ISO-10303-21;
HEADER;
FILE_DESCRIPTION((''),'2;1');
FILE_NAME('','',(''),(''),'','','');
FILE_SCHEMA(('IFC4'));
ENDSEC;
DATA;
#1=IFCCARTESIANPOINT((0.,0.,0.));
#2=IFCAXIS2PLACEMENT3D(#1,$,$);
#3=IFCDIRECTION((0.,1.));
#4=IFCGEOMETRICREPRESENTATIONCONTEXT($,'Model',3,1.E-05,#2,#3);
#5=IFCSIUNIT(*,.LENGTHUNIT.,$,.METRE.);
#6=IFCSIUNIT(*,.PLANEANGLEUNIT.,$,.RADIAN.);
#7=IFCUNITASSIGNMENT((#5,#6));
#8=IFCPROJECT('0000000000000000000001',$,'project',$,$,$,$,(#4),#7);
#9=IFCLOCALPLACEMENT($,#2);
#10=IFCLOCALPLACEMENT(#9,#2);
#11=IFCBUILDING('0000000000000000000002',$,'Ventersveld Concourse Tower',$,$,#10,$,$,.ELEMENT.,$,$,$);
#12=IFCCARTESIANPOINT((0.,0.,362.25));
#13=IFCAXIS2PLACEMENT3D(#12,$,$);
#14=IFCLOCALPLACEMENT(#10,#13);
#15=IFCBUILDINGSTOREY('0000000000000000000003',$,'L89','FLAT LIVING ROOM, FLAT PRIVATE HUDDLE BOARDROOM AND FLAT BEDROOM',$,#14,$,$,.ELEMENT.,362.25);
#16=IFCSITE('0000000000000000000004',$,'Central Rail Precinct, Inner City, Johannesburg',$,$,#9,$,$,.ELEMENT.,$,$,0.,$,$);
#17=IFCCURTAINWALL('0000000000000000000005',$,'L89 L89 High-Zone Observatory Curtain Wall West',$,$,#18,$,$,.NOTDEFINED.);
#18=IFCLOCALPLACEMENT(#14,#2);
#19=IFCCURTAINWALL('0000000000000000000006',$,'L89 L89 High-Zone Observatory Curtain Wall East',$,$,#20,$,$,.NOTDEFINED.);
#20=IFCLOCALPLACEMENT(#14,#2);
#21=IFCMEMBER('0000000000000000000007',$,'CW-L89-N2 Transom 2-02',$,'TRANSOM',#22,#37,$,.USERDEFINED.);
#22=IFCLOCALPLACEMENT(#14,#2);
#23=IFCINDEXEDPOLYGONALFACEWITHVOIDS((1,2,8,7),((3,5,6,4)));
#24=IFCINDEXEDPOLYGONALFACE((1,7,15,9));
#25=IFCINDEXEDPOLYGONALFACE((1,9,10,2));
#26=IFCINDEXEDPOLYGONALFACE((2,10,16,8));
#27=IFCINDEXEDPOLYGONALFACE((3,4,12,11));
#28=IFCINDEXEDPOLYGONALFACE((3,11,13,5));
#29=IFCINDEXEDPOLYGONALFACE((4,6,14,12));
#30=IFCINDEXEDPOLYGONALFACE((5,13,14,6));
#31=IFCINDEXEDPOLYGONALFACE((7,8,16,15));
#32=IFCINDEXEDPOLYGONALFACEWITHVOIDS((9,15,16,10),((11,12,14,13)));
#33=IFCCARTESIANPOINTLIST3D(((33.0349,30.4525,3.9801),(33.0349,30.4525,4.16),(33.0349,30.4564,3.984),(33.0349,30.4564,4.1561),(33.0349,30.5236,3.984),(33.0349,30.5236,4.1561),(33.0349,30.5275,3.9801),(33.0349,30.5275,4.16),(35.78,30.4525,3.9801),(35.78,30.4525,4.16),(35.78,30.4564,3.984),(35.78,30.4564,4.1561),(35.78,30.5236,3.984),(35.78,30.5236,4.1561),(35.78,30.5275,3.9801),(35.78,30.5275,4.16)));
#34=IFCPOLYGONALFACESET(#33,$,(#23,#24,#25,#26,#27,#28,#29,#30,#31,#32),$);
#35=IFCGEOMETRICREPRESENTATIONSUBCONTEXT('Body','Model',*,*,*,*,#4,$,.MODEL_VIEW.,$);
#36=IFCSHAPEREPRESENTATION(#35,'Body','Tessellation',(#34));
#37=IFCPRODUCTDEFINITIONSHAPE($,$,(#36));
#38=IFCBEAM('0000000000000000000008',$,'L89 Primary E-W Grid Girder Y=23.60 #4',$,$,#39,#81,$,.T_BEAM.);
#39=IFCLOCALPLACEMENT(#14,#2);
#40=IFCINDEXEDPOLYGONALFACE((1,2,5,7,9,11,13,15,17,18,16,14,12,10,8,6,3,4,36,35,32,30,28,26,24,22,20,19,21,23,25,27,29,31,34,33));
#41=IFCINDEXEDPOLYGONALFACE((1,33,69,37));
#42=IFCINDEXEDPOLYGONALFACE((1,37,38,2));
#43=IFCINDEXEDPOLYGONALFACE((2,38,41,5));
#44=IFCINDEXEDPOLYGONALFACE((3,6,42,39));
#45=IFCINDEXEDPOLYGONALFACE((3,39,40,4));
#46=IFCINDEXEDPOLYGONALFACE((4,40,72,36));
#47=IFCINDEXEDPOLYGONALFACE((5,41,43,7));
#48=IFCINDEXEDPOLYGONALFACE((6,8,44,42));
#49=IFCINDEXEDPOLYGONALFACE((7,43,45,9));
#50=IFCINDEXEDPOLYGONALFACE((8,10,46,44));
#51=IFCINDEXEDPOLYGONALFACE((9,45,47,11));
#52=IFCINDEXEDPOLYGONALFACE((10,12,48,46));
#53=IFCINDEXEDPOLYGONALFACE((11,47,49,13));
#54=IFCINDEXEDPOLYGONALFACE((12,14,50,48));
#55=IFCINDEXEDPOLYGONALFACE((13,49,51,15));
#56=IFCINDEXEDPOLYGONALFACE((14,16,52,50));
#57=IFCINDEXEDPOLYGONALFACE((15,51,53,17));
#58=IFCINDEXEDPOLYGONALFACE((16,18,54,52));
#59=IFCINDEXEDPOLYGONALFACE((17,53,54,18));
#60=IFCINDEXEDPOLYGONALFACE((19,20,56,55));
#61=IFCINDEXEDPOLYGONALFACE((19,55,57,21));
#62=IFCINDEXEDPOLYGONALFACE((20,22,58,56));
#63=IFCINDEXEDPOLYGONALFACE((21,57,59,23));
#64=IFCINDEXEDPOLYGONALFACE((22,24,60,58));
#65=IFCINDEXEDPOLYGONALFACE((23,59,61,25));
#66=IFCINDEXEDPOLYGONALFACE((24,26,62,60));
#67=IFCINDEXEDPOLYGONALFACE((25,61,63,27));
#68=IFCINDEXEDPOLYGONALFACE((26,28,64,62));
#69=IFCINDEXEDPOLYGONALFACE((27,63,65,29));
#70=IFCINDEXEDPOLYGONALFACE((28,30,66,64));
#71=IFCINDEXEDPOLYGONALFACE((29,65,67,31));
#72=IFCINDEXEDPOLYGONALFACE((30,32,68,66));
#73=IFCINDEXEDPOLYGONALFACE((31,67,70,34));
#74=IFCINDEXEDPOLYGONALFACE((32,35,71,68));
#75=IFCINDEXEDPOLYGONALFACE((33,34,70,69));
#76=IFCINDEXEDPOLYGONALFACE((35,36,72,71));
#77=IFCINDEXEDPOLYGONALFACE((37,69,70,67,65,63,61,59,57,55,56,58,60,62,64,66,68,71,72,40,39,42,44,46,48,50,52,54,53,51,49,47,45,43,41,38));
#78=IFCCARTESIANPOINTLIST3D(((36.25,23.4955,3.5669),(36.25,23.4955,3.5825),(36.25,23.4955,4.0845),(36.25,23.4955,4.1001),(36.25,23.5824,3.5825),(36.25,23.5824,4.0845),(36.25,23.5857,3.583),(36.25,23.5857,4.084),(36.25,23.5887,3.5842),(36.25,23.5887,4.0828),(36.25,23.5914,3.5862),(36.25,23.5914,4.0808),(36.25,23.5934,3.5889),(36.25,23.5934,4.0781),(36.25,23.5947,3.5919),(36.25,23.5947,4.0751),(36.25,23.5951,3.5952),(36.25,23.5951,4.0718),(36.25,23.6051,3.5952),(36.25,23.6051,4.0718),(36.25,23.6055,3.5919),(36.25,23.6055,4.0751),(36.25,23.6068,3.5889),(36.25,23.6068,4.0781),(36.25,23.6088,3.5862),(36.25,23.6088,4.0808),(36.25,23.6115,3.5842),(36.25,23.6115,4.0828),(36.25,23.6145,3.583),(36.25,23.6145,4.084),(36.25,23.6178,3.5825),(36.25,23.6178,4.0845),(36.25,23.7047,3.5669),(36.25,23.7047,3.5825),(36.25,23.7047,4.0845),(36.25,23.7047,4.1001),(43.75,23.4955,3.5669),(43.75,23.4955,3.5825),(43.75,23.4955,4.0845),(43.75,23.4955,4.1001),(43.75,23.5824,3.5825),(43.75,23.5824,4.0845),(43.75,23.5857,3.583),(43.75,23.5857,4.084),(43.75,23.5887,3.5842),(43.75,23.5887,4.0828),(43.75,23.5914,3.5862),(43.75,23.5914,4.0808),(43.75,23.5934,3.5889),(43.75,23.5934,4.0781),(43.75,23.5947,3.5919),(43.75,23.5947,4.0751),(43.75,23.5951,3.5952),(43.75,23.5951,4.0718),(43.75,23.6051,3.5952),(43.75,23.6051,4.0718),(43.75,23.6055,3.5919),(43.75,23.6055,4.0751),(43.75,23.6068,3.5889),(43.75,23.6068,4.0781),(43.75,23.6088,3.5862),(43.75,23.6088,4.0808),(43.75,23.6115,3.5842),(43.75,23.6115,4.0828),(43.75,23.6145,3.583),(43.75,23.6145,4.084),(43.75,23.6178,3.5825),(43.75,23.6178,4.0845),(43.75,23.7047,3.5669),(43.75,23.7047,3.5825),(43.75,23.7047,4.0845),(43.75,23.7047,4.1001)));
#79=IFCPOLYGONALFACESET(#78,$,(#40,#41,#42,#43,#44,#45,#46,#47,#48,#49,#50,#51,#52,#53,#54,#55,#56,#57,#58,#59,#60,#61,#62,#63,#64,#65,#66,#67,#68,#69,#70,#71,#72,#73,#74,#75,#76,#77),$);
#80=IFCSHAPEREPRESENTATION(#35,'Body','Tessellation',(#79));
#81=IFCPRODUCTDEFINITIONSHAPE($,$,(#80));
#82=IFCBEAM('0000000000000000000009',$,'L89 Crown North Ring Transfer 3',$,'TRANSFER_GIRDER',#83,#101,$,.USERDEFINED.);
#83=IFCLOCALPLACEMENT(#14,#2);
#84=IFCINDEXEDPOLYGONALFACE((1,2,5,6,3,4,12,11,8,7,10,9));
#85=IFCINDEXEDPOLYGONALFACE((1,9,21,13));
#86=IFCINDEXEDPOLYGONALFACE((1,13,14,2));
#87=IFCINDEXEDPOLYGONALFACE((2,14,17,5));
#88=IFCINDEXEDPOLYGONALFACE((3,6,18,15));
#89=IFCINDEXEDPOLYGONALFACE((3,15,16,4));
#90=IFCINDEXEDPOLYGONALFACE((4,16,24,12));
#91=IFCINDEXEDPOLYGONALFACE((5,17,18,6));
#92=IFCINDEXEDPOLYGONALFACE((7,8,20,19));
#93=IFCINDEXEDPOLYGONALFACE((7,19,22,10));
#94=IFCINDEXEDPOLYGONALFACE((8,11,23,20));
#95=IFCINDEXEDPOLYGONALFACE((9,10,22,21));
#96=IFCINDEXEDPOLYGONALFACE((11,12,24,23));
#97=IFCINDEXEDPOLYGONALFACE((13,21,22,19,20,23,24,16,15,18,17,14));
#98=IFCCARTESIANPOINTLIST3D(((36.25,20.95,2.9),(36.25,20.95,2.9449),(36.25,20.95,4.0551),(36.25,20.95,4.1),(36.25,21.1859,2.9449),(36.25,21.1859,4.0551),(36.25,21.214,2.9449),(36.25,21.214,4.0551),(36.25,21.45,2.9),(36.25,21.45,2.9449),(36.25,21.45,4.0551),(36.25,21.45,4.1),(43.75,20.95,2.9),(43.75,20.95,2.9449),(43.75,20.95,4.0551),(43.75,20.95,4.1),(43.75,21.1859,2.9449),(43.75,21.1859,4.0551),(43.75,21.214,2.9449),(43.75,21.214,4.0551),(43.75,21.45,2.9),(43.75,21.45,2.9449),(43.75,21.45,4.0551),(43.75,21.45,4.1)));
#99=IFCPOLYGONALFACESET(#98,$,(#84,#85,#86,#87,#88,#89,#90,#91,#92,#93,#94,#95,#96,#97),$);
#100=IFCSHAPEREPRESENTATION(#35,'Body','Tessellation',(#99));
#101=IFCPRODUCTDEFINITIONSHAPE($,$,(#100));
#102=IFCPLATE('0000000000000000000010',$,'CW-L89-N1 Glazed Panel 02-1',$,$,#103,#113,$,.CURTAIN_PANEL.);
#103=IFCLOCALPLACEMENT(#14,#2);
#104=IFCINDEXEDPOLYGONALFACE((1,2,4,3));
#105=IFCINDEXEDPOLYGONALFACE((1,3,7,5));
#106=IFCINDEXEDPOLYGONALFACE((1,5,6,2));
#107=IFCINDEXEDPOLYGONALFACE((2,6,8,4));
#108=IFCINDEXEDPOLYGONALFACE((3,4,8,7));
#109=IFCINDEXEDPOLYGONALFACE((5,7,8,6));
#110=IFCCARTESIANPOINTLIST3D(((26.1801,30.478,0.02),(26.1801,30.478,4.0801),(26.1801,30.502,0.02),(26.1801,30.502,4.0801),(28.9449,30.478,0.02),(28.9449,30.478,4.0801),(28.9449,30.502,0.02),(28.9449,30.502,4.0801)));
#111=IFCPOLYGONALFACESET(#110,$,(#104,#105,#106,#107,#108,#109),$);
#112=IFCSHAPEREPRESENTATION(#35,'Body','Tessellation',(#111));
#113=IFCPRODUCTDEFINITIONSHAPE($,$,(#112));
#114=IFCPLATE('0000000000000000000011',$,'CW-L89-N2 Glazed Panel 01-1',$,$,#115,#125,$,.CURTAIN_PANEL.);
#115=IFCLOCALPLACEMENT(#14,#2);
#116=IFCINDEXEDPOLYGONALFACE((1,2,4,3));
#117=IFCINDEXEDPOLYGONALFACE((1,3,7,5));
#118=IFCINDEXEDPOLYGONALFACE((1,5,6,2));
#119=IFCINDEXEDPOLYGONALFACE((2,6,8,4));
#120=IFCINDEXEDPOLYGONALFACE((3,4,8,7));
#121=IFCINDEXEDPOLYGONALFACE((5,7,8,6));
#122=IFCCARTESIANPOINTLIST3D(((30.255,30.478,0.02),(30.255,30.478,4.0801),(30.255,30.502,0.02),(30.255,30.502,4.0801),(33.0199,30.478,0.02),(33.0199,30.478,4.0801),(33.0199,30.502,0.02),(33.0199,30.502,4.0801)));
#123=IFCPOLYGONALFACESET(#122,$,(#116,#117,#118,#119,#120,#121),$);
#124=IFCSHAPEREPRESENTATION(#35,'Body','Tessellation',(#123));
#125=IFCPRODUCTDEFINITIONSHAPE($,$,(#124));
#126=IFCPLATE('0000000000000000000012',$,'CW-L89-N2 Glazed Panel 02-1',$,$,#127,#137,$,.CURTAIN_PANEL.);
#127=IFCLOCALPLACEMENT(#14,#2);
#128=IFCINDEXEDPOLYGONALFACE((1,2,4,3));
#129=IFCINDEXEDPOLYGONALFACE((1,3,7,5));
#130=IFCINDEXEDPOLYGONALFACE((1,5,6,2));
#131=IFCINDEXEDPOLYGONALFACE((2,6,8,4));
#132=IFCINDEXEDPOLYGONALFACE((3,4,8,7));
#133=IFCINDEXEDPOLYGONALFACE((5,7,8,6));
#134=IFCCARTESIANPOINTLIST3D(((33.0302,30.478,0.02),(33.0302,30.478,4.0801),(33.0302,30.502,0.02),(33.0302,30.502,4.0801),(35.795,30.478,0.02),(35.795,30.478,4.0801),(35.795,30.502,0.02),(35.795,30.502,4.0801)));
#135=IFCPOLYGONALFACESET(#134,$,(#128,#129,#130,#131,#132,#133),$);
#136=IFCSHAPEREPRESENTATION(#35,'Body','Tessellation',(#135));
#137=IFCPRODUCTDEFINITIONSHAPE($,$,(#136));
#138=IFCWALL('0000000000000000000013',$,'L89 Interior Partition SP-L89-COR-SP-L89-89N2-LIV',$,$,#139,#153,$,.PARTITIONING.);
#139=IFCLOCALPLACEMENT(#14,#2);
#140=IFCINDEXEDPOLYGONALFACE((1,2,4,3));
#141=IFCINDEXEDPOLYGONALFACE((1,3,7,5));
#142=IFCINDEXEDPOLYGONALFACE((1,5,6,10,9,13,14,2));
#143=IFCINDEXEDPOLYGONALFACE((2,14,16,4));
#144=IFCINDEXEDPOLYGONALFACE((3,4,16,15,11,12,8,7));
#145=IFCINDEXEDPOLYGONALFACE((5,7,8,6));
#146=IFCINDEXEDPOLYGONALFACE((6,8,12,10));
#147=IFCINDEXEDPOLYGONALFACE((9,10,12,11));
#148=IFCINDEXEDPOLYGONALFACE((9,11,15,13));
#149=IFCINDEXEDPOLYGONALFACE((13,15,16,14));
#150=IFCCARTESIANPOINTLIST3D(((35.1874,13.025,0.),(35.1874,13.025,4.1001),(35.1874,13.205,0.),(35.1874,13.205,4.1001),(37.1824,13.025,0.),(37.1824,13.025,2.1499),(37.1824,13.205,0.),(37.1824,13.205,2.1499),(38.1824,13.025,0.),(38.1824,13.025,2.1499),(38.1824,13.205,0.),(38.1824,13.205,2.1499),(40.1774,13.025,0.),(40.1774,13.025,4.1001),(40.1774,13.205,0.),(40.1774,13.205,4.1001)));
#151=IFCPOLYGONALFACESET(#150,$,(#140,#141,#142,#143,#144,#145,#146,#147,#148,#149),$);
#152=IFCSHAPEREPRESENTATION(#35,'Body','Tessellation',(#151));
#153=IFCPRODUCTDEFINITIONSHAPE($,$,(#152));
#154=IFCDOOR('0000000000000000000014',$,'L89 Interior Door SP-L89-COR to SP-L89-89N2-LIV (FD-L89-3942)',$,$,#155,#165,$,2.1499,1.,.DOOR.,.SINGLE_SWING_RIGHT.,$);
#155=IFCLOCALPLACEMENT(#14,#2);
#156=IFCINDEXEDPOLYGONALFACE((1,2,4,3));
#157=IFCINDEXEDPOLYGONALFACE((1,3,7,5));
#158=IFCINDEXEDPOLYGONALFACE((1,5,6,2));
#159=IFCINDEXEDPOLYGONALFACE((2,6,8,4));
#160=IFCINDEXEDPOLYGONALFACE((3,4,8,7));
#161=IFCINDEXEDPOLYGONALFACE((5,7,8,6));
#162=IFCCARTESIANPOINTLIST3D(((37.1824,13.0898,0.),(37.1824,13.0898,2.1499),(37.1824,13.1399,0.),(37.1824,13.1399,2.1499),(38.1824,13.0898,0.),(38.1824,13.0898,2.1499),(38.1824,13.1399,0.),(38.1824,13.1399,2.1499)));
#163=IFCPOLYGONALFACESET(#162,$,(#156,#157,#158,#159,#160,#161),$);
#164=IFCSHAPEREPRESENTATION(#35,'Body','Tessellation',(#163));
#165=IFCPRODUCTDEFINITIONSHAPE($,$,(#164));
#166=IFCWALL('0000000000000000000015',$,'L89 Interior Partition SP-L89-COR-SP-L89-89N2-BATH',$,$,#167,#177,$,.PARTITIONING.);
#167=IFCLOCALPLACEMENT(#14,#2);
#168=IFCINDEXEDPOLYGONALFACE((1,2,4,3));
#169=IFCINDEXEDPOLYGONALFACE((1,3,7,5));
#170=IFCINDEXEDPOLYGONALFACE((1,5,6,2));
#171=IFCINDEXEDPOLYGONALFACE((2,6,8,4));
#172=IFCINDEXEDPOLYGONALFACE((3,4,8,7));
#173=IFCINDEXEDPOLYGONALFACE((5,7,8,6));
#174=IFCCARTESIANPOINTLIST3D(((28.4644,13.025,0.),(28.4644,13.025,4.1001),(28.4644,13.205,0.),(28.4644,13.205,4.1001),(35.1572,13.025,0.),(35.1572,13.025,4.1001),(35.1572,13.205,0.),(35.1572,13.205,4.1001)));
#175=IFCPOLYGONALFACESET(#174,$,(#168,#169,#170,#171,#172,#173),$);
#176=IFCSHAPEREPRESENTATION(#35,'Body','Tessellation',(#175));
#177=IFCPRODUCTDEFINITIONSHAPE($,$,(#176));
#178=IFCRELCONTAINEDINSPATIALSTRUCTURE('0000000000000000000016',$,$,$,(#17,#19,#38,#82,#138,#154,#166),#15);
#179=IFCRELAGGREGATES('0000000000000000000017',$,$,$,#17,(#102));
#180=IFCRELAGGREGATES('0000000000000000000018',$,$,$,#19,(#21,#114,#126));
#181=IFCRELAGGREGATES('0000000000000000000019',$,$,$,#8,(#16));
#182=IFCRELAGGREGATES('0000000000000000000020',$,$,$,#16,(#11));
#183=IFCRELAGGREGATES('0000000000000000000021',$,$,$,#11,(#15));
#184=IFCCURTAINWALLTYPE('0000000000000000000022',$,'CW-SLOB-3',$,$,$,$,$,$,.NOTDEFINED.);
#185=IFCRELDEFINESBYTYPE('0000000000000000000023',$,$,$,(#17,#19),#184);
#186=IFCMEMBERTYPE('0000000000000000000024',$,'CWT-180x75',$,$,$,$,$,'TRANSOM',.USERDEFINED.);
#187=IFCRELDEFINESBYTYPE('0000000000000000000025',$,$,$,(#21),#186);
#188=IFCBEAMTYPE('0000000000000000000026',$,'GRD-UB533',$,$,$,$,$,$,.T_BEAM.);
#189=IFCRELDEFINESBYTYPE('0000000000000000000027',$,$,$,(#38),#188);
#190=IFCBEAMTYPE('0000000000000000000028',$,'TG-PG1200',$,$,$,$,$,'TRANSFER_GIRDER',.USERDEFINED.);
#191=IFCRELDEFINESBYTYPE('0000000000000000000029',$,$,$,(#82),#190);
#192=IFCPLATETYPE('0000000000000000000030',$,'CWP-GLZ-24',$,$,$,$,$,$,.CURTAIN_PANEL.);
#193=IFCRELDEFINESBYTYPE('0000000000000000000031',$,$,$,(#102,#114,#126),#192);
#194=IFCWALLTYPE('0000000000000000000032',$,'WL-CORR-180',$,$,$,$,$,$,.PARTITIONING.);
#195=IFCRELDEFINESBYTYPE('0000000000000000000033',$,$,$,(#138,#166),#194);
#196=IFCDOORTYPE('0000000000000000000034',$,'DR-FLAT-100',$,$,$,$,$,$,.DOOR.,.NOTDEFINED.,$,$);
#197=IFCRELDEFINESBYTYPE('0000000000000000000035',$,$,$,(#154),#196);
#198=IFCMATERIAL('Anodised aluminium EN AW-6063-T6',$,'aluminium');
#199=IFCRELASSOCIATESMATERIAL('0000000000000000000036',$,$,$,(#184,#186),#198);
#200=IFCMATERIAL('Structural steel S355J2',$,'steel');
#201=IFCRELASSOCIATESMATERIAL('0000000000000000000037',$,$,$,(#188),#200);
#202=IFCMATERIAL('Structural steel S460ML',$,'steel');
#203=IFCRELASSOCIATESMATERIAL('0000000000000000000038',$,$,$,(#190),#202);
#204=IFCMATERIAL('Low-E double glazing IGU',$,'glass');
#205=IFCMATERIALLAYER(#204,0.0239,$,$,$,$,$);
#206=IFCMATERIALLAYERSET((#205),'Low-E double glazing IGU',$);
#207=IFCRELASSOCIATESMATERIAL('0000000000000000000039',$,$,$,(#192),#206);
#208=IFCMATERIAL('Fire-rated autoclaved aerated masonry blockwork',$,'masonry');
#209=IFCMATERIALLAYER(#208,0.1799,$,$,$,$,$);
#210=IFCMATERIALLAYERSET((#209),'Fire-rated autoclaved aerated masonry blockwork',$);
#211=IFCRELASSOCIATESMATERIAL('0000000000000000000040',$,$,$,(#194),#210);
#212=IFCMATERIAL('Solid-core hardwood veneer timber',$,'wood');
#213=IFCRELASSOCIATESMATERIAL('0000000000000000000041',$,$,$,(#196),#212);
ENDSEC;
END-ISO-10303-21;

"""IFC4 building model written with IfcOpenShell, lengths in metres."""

from ifc_helpers import new_model, si_unit, direction, frame, frame_2d, origin, origin_2d, place, context, subcontext, project, spatial, rectangle, hollow_rectangle, i_section, extrude, material, layer, layer_set, material_profile, profile_set, type_object, element, fill, aggregate, save


model = new_model("IFC4")

# Units and contexts
model_context = context("Model", 3, precision=1e-05, world=origin(), true_north=direction((0.0, 1.0)))
body_context = subcontext(model_context, "Body", "Model", "MODEL_VIEW")
ifc_project = project(units=[si_unit("LENGTHUNIT", "METRE"), si_unit("PLANEANGLEUNIT", "RADIAN")], contexts=[model_context])

# Site, building, storey
site_placement = place(None, origin())
site = spatial("IfcSite", under=ifc_project, at=site_placement, Name="Central Rail Precinct, Inner City, Johannesburg", CompositionType="ELEMENT", RefElevation=0.0)
building_placement = place(site_placement, origin())
building = spatial("IfcBuilding", under=site, at=building_placement, Name="Ventersveld Concourse Tower", CompositionType="ELEMENT")
storey_placement = place(building_placement, frame((0.0, 0.0, 362.25)))
storey = spatial("IfcBuildingStorey", under=building, at=storey_placement, Name="L89", Description="FLAT LIVING ROOM, FLAT PRIVATE HUDDLE BOARDROOM AND FLAT BEDROOM", CompositionType="ELEMENT", Elevation=362.25)

# Shared definitions
ifc_material_1 = material(Name="Structural steel S355J2", Category="steel")

# Curtain wall
ifc_material_2 = material(Name="Anodised aluminium EN AW-6063-T6", Category="aluminium")
curtain_wall_type = type_object("IfcCurtainWallType", Name="CW-SLOB-3", PredefinedType="NOTDEFINED", material=ifc_material_2)
curtain_wall_1_placement = place(storey_placement, origin())
curtain_wall_1 = element("IfcCurtainWall", 1, at=curtain_wall_1_placement, inside=storey, type_object=curtain_wall_type, Name="L89 L89 High-Zone Observatory Curtain Wall West", PredefinedType="NOTDEFINED")

# Curtain wall, member
curtain_wall_2_placement = place(storey_placement, origin())
curtain_wall_2 = element("IfcCurtainWall", 2, at=curtain_wall_2_placement, inside=storey, type_object=curtain_wall_type, Name="L89 L89 High-Zone Observatory Curtain Wall East", PredefinedType="NOTDEFINED")
ifc_material_profile_1 = material_profile(ifc_material_2, hollow_rectangle(XDim=0.075, YDim=0.1799, WallThickness=0.0039, at=origin_2d()), Name="ALU 180x75x4")
ifc_profile_set_1 = profile_set([ifc_material_profile_1], Name="Anodised aluminium EN AW-6063-T6")
member_type_1 = type_object("IfcMemberType", Name="CWT-180x75", ElementType="TRANSOM", PredefinedType="USERDEFINED", material=ifc_profile_set_1)
member_1_placement = place(storey_placement, frame((33.0349, 30.49, 4.0701), z_axis=(1.0, 0.0, 0.0), x_axis=(0.0, 1.0, 0.0)))
member_1 = element("IfcMember", 3, at=member_1_placement, type_object=member_type_1, Name="CW-L89-N2 Transom 2-02", ObjectType="TRANSOM", PredefinedType="USERDEFINED", context=body_context, shape_type="SweptSolid", body=[
    extrude(hollow_rectangle(XDim=0.075, YDim=0.1799, WallThickness=0.0039, at=origin_2d()), origin(), (0.0, 0.0, 1.0), 2.7451),
])

# Beams
ifc_material_profile_2 = material_profile(ifc_material_1, i_section(OverallWidth=0.2092, OverallDepth=0.5332, WebThickness=0.01, FlangeThickness=0.0156, FilletRadius=0.0127, at=origin_2d()), Name="UB 533x210x92")
ifc_profile_set_2 = profile_set([ifc_material_profile_2], Name="Structural steel S355J2")
beam_type_1 = type_object("IfcBeamType", Name="GRD-UB533", PredefinedType="T_BEAM", material=ifc_profile_set_2)
beam_1_placement = place(storey_placement, frame((36.25, 23.6001, 3.8335), z_axis=(1.0, 0.0, 0.0), x_axis=(0.0, 1.0, 0.0)))
element("IfcBeam", 4, at=beam_1_placement, inside=storey, type_object=beam_type_1, Name="L89 Primary E-W Grid Girder Y=23.60 #4", PredefinedType="T_BEAM", context=body_context, shape_type="SweptSolid", body=[
    extrude(i_section(OverallWidth=0.2092, OverallDepth=0.5332, WebThickness=0.01, FlangeThickness=0.0156, FilletRadius=0.0127, at=origin_2d()), origin(), (0.0, 0.0, 1.0), 7.5),
])
ifc_material_3 = material(Name="Structural steel S460ML", Category="steel")
ifc_material_profile_3 = material_profile(ifc_material_3, i_section(OverallWidth=0.5, OverallDepth=1.2, WebThickness=0.0281, FlangeThickness=0.0449, at=origin_2d()), Name="PG 1200x500x45")
ifc_profile_set_3 = profile_set([ifc_material_profile_3], Name="Structural steel S460ML")
beam_type_2 = type_object("IfcBeamType", Name="TG-PG1200", ElementType="TRANSFER_GIRDER", PredefinedType="USERDEFINED", material=ifc_profile_set_3)
beam_2_placement = place(storey_placement, frame((36.25, 21.2, 3.5), z_axis=(1.0, 0.0, 0.0), x_axis=(0.0, 1.0, 0.0)))
element("IfcBeam", 5, at=beam_2_placement, inside=storey, type_object=beam_type_2, Name="L89 Crown North Ring Transfer 3", ObjectType="TRANSFER_GIRDER", PredefinedType="USERDEFINED", context=body_context, shape_type="SweptSolid", body=[
    extrude(i_section(OverallWidth=0.5, OverallDepth=1.2, WebThickness=0.0281, FlangeThickness=0.0449, at=origin_2d()), origin(), (0.0, 0.0, 1.0), 7.5),
])

# Plates
ifc_material_4 = material(Name="Low-E double glazing IGU", Category="glass")
ifc_layer_1 = layer(ifc_material_4, 0.0239)
ifc_layer_set_1 = layer_set([ifc_layer_1], Name="Low-E double glazing IGU")
plate_type = type_object("IfcPlateType", Name="CWP-GLZ-24", PredefinedType="CURTAIN_PANEL", material=ifc_layer_set_1)
plate_1_placement = place(storey_placement, frame((27.5625, 30.49, 0.02), z_axis=(0.0, 0.0, 1.0), x_axis=(1.0, 0.0, 0.0)))
plate_1 = element("IfcPlate", 6, at=plate_1_placement, type_object=plate_type, Name="CW-L89-N1 Glazed Panel 02-1", PredefinedType="CURTAIN_PANEL", context=body_context, shape_type="SweptSolid", body=[
    extrude(rectangle(XDim=2.7649, YDim=0.0239, at=origin_2d()), origin(), (0.0, 0.0, 1.0), 4.0601),
])
aggregate(curtain_wall_1, [plate_1])
plate_2_placement = place(storey_placement, frame((31.6375, 30.49, 0.02), z_axis=(0.0, 0.0, 1.0), x_axis=(1.0, 0.0, 0.0)))
plate_2 = element("IfcPlate", 7, at=plate_2_placement, type_object=plate_type, Name="CW-L89-N2 Glazed Panel 01-1", PredefinedType="CURTAIN_PANEL", context=body_context, shape_type="SweptSolid", body=[
    extrude(rectangle(XDim=2.7649, YDim=0.0239, at=origin_2d()), origin(), (0.0, 0.0, 1.0), 4.0601),
])
plate_3_placement = place(storey_placement, frame((34.4126, 30.49, 0.02), z_axis=(0.0, 0.0, 1.0), x_axis=(1.0, 0.0, 0.0)))
plate_3 = element("IfcPlate", 8, at=plate_3_placement, type_object=plate_type, Name="CW-L89-N2 Glazed Panel 02-1", PredefinedType="CURTAIN_PANEL", context=body_context, shape_type="SweptSolid", body=[
    extrude(rectangle(XDim=2.7649, YDim=0.0239, at=origin_2d()), origin(), (0.0, 0.0, 1.0), 4.0601),
])
aggregate(curtain_wall_2, [member_1, plate_2, plate_3])

# Wall, opening, door
ifc_material_5 = material(Name="Fire-rated autoclaved aerated masonry blockwork", Category="masonry")
ifc_layer_2 = layer(ifc_material_5, 0.1799)
ifc_layer_set_2 = layer_set([ifc_layer_2], Name="Fire-rated autoclaved aerated masonry blockwork")
wall_type_1 = type_object("IfcWallType", Name="WL-CORR-180", PredefinedType="PARTITIONING", material=ifc_layer_set_2)
wall_1_placement = place(storey_placement, frame((35.1873, 13.115, 0.0), z_axis=(0.0, 0.0, 1.0), x_axis=(1.0, 0.0, 0.0)))
wall_1 = element("IfcWall", 9, at=wall_1_placement, inside=storey, type_object=wall_type_1, Name="L89 Interior Partition SP-L89-COR-SP-L89-89N2-LIV", PredefinedType="PARTITIONING", context=body_context, shape_type="SweptSolid", body=[
    extrude(rectangle(XDim=4.99, YDim=0.1799, at=frame_2d((2.4951, 0.0))), origin(), (0.0, 0.0, 1.0), 4.1001),
])
opening_1_placement = place(wall_1_placement, frame((1.9951, 0.0, 0.0)))
opening_1 = element("IfcOpeningElement", 10, at=opening_1_placement, cuts=wall_1, PredefinedType="OPENING", context=body_context, shape_type="SweptSolid", body=[
    extrude(rectangle(XDim=1.0, YDim=2.1499, at=frame_2d((0.5, 1.075))), frame((0.0, 0.1001, 0.0), z_axis=(0.0, -1.0, 0.0), x_axis=(1.0, 0.0, 0.0)), (0.0, 0.0, 1.0), 0.2),
])
ifc_material_6 = material(Name="Solid-core hardwood veneer timber", Category="wood")
door_type_1 = type_object("IfcDoorType", Name="DR-FLAT-100", OperationType="NOTDEFINED", PredefinedType="DOOR", material=ifc_material_6)
door_1_placement = place(opening_1_placement, origin())
door_1 = element("IfcDoor", 11, at=door_1_placement, inside=storey, type_object=door_type_1, Name="L89 Interior Door SP-L89-COR to SP-L89-89N2-LIV (FD-L89-3942)", OperationType="SINGLE_SWING_RIGHT", OverallHeight=2.1499, OverallWidth=1.0, PredefinedType="DOOR", context=body_context, shape_type="SweptSolid", body=[
    extrude(rectangle(XDim=1.0, YDim=2.1499, at=frame_2d((0.5, 1.075))), frame((0.0, 0.0249, 0.0), z_axis=(0.0, -1.0, 0.0), x_axis=(1.0, 0.0, 0.0)), (0.0, 0.0, 1.0), 0.05),
])
fill(opening_1, door_1)

# Wall
wall_2_placement = place(storey_placement, frame((28.4644, 13.115, 0.0), z_axis=(0.0, 0.0, 1.0), x_axis=(1.0, 0.0, 0.0)))
element("IfcWall", 12, at=wall_2_placement, inside=storey, type_object=wall_type_1, Name="L89 Interior Partition SP-L89-COR-SP-L89-89N2-BATH", PredefinedType="PARTITIONING", context=body_context, shape_type="SweptSolid", body=[
    extrude(rectangle(XDim=6.6929, YDim=0.1799, at=frame_2d((3.3464, 0.0))), origin(), (0.0, 0.0, 1.0), 4.1001),
])

save(model, "model.ifc")
